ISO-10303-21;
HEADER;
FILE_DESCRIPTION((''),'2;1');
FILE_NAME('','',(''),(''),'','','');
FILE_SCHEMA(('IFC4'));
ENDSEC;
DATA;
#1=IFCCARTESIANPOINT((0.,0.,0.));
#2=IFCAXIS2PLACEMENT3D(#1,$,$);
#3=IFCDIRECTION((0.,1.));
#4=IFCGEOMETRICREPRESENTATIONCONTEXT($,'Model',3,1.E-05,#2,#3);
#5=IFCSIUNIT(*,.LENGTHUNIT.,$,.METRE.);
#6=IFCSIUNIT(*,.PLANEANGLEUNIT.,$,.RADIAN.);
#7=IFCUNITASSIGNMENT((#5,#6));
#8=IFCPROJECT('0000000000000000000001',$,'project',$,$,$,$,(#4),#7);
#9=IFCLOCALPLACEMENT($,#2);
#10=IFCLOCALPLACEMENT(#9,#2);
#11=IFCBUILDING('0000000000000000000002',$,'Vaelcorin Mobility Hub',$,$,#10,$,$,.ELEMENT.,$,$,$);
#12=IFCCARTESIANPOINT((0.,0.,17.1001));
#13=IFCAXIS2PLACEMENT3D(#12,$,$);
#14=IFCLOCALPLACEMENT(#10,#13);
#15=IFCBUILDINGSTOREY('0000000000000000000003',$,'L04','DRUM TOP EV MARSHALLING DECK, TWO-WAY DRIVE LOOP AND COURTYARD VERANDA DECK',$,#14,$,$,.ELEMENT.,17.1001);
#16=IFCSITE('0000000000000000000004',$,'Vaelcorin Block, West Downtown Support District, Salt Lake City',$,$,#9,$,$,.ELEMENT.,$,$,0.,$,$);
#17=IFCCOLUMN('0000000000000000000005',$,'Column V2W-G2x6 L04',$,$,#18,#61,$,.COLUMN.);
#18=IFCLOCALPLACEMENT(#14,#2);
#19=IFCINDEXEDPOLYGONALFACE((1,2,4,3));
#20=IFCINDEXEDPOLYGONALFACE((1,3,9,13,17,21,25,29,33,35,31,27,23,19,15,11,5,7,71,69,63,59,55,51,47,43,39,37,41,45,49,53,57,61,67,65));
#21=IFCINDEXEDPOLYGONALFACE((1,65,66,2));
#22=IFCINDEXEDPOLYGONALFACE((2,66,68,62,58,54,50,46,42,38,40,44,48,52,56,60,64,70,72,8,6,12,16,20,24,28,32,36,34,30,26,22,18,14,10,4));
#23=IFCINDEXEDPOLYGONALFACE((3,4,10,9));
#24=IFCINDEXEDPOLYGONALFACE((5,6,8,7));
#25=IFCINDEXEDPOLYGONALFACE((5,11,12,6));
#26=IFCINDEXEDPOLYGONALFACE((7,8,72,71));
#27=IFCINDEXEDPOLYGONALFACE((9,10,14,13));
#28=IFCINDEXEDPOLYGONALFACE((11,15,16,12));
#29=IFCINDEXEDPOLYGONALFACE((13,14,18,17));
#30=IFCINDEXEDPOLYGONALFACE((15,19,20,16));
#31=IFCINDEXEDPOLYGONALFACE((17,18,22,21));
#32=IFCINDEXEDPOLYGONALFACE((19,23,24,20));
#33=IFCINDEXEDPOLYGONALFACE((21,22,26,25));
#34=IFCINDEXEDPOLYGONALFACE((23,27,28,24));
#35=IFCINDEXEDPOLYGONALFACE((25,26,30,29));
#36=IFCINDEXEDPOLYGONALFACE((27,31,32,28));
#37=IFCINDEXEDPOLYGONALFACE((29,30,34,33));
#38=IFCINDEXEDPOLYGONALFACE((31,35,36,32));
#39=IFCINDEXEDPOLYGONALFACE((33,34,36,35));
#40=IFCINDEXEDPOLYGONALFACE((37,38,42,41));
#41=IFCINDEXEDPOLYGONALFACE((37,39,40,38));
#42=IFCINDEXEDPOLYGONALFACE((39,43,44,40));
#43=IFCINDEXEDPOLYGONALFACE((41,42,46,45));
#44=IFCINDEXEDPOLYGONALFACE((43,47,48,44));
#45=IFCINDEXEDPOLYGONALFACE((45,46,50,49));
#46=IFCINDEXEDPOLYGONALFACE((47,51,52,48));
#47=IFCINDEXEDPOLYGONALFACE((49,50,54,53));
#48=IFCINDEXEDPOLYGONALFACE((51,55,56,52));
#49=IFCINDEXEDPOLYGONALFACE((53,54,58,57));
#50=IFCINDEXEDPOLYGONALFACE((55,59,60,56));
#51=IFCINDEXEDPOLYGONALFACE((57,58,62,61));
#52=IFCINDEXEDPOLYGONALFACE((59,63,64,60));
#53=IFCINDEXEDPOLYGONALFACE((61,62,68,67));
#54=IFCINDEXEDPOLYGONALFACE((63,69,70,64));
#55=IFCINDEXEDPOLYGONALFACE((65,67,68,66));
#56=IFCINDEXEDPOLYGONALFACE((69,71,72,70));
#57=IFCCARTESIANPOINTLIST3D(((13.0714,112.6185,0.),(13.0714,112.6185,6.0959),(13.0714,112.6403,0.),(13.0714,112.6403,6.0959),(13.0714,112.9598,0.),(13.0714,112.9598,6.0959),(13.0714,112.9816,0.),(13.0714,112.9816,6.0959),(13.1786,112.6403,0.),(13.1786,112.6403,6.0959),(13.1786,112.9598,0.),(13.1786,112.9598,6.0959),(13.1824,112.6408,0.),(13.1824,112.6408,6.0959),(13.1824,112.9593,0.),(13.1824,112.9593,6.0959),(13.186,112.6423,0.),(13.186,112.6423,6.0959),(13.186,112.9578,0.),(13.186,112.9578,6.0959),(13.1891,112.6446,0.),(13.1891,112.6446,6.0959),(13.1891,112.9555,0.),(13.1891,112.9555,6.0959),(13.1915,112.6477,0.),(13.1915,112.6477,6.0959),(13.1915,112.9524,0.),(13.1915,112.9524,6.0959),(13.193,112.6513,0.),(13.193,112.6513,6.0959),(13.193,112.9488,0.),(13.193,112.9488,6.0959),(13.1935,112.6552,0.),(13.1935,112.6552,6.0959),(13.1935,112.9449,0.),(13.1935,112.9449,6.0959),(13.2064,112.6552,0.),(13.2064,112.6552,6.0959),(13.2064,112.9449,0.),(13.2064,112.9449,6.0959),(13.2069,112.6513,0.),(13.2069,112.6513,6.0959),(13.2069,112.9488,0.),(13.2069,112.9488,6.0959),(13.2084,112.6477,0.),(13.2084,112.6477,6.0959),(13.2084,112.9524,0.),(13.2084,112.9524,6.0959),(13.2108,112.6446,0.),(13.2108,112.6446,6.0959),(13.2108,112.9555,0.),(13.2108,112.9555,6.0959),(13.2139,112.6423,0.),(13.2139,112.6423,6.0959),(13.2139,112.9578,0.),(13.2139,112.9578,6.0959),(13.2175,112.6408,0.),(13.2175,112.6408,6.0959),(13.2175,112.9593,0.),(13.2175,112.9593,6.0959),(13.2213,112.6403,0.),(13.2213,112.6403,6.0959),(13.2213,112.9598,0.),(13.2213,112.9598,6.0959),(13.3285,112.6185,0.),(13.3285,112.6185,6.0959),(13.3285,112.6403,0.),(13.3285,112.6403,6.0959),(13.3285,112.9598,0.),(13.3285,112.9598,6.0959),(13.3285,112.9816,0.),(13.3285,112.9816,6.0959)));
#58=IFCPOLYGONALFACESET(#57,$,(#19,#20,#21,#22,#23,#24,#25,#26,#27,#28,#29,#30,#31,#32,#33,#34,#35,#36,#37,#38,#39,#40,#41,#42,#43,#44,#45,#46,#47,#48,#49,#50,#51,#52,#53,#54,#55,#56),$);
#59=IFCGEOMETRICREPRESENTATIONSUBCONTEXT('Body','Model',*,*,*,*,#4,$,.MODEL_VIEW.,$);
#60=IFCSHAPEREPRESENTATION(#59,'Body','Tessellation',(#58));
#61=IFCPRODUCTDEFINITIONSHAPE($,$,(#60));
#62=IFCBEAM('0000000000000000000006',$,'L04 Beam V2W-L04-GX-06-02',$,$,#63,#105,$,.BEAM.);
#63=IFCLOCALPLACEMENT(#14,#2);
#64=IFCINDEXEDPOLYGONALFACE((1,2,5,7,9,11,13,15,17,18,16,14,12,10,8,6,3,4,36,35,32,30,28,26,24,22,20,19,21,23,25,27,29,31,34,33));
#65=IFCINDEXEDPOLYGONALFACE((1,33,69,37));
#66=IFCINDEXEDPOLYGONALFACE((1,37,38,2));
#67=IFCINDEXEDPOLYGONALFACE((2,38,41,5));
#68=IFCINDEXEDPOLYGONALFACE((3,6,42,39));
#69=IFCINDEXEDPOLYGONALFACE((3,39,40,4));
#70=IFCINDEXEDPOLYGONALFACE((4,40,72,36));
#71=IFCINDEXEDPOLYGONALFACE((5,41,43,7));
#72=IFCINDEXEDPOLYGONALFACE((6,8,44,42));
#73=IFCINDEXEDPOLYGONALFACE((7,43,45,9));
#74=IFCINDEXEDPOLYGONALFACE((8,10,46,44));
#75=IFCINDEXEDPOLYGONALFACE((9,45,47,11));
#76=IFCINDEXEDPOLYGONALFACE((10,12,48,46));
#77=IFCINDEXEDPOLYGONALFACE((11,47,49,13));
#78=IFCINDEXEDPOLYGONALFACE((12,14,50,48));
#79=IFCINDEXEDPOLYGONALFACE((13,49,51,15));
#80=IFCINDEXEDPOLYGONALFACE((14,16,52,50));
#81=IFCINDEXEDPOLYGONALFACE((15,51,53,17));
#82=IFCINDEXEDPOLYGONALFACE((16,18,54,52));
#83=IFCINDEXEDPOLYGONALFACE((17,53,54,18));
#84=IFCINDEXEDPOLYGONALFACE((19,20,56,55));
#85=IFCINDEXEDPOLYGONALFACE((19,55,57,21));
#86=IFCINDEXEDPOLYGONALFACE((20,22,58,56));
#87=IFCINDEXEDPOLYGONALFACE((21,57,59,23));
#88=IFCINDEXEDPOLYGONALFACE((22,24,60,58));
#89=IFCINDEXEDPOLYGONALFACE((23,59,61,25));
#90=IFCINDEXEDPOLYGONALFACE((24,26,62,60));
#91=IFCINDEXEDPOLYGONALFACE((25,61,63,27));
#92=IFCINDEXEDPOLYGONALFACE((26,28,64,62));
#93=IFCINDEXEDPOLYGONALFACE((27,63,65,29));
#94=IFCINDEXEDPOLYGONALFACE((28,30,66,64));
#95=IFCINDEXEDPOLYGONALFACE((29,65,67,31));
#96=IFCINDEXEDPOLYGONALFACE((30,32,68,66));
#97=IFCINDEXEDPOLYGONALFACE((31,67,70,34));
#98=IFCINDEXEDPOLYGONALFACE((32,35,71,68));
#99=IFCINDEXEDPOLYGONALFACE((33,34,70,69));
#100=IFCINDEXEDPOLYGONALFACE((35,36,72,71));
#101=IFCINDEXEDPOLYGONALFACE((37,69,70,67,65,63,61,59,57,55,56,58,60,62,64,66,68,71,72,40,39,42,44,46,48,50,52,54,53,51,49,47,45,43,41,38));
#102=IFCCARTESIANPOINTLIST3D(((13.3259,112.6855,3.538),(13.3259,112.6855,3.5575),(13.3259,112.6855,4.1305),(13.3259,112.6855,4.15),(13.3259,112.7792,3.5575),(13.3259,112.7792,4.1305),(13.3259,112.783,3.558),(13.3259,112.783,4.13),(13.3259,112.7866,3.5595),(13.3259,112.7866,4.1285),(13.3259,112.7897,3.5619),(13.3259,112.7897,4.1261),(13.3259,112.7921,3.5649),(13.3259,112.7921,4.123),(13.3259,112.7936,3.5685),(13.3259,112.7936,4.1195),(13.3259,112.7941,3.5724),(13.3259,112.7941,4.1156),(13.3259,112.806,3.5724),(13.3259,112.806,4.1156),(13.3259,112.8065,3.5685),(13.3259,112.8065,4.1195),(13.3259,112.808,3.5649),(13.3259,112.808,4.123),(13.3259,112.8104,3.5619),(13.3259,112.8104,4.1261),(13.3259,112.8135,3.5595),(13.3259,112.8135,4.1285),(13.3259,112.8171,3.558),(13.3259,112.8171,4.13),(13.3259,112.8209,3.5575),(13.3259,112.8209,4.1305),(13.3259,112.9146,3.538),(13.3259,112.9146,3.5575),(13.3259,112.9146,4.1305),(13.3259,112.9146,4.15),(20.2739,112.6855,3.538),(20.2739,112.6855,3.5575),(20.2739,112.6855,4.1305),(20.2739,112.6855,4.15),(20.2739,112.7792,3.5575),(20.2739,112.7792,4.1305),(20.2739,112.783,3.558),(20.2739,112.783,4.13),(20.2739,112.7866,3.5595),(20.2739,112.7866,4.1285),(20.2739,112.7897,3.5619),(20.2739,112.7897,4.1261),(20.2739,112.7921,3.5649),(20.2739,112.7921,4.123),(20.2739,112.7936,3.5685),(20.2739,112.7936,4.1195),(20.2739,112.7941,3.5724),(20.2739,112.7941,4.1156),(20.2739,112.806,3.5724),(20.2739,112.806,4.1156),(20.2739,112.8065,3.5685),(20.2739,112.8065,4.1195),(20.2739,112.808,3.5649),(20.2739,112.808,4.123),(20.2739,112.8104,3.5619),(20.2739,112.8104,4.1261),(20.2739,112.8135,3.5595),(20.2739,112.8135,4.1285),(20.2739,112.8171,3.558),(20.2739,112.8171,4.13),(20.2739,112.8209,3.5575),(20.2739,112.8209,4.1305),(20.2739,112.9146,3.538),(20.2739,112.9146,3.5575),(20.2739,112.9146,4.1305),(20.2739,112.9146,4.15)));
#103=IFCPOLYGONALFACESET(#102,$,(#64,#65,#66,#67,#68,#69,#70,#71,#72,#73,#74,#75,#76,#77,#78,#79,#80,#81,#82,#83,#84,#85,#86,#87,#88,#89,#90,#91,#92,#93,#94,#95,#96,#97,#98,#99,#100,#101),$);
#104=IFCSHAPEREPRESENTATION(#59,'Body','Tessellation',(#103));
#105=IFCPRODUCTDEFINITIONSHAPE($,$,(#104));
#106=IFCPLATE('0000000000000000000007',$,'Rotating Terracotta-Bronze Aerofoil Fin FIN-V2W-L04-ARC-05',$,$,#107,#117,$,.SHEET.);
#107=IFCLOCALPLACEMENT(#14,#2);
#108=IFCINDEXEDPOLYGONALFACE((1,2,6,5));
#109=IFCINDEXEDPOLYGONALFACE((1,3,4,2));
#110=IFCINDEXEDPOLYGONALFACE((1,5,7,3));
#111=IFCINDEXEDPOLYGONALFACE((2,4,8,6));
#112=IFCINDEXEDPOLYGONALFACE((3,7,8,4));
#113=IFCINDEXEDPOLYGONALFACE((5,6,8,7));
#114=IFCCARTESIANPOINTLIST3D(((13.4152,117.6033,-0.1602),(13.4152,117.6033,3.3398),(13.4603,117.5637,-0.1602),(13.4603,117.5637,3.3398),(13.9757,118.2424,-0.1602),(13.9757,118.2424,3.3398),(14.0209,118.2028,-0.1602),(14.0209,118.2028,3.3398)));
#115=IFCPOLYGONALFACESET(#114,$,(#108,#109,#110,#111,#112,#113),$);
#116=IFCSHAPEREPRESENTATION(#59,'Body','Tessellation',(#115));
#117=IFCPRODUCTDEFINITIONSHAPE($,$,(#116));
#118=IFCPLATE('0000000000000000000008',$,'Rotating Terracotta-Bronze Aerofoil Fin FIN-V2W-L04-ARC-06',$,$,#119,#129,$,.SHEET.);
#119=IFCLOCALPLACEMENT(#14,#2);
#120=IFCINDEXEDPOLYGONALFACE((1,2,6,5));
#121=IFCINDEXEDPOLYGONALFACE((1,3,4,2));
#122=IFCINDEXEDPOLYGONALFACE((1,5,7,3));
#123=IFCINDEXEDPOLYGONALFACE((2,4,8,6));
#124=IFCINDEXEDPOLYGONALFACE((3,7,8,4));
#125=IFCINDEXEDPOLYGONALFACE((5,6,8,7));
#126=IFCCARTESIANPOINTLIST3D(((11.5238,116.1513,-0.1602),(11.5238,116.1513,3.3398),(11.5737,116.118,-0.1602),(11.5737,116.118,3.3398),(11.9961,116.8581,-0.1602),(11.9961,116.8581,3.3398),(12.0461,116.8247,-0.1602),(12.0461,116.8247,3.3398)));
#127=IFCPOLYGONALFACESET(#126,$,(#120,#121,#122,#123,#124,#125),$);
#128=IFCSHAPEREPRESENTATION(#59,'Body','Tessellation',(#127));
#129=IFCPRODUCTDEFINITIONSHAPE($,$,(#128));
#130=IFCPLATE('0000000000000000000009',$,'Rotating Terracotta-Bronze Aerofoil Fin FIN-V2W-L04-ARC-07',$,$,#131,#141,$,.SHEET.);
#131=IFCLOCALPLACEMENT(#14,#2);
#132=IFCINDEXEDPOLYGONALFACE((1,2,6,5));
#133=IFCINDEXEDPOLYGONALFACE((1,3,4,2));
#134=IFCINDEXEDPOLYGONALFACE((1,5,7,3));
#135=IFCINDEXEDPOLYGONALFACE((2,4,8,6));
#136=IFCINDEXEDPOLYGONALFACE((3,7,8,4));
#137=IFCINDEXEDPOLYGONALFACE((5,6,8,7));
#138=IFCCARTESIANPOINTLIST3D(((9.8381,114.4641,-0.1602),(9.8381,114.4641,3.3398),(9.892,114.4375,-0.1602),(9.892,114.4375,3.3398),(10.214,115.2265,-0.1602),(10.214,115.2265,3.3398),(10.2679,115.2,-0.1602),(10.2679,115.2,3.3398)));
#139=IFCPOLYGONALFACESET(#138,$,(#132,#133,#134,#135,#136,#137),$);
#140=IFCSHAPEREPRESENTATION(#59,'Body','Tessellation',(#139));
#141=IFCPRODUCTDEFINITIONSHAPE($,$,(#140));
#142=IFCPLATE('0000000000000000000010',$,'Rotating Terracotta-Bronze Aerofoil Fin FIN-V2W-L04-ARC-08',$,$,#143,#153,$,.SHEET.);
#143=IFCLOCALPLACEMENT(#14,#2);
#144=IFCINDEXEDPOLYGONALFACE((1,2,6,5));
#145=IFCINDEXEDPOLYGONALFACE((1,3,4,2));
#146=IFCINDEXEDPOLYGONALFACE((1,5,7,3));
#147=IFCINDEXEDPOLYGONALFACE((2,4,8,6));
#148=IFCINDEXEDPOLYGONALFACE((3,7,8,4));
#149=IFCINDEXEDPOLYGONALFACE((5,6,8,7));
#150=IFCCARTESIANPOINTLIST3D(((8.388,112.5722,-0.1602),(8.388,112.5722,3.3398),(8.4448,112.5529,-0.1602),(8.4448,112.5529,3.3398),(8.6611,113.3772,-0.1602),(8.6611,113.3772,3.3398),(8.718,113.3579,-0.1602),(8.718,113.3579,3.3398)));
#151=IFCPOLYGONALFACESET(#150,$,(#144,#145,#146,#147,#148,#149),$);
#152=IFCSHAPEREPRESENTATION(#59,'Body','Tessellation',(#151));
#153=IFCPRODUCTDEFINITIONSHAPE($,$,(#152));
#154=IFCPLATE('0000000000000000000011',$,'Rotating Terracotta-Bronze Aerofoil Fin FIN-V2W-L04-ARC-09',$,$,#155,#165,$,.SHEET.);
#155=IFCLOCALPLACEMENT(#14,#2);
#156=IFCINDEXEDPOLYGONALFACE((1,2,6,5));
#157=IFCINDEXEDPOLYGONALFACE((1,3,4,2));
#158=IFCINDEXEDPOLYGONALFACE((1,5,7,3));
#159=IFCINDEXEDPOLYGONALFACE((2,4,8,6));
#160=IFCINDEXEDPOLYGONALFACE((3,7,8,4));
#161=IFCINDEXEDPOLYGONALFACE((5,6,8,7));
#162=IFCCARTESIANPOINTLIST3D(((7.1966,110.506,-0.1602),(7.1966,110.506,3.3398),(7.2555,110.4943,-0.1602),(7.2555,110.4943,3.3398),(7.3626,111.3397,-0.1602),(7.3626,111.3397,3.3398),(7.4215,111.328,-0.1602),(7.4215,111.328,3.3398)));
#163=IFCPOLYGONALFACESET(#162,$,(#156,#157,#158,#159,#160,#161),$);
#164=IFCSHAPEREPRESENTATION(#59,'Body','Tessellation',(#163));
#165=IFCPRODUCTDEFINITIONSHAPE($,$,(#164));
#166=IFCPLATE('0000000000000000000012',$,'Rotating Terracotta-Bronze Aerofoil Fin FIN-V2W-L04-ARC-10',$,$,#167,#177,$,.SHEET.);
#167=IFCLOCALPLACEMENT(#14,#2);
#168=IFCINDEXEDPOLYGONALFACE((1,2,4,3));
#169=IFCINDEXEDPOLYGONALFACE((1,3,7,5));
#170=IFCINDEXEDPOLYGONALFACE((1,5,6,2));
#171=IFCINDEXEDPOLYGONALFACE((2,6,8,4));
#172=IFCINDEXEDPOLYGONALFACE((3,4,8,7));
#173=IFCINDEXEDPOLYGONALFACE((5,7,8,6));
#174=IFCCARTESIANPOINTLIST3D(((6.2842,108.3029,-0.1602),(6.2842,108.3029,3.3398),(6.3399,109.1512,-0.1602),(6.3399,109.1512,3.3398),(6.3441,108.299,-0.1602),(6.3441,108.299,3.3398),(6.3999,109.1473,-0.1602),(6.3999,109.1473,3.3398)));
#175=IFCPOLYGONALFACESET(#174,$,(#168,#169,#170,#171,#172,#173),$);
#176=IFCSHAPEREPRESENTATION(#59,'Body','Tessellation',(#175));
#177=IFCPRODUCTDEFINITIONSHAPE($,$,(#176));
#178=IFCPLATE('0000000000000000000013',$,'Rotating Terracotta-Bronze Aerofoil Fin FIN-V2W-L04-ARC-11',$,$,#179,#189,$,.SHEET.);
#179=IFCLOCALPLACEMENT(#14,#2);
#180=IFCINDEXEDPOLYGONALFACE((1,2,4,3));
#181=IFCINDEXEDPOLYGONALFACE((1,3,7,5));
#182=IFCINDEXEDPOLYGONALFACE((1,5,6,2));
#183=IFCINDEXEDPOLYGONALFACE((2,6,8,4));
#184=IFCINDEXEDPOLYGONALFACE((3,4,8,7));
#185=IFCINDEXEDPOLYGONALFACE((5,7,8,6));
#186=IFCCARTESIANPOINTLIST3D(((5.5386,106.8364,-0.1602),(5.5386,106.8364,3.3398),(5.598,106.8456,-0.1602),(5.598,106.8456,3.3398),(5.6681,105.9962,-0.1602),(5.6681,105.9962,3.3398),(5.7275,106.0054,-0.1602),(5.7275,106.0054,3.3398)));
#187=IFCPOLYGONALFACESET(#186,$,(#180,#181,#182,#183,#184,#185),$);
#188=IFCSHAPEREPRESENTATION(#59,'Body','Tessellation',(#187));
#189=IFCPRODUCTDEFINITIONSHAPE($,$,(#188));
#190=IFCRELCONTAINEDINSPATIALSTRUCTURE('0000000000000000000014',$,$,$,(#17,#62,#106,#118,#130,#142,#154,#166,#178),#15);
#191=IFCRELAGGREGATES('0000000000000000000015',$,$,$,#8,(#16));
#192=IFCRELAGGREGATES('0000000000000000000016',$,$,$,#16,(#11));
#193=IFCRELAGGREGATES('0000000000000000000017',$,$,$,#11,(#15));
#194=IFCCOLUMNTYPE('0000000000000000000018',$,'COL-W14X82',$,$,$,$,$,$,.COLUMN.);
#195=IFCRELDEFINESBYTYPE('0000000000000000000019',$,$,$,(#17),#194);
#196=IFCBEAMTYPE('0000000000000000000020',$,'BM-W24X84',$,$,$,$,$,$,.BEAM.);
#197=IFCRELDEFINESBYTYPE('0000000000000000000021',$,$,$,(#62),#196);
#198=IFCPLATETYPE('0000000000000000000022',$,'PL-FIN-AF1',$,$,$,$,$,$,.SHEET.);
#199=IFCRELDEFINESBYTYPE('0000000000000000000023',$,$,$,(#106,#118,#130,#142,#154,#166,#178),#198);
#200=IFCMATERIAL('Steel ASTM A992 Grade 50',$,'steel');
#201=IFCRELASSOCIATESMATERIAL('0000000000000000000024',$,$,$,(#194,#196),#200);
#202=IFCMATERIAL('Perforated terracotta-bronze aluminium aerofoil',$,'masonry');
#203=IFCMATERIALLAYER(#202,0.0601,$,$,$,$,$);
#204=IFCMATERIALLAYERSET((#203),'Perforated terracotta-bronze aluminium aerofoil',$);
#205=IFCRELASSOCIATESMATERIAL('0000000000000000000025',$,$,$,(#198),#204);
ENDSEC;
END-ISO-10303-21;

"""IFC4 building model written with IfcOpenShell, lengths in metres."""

from ifc_helpers import new_model, si_unit, direction, frame, origin, origin_2d, place, context, subcontext, project, spatial, rectangle, i_section, extrude, material, layer, layer_set, material_profile, profile_set, type_object, element, save


model = new_model("IFC4")

# Units and contexts
model_context = context("Model", 3, precision=1e-05, world=origin(), true_north=direction((0.0, 1.0)))
body_context = subcontext(model_context, "Body", "Model", "MODEL_VIEW")
ifc_project = project(units=[si_unit("LENGTHUNIT", "METRE"), si_unit("PLANEANGLEUNIT", "RADIAN")], contexts=[model_context])

# Site, building, storey
site_placement = place(None, origin())
site = spatial("IfcSite", under=ifc_project, at=site_placement, Name="Vaelcorin Block, West Downtown Support District, Salt Lake City", CompositionType="ELEMENT", RefElevation=0.0)
building_placement = place(site_placement, origin())
building = spatial("IfcBuilding", under=site, at=building_placement, Name="Vaelcorin Mobility Hub", CompositionType="ELEMENT")
storey_placement = place(building_placement, frame((0.0, 0.0, 17.1001)))
storey = spatial("IfcBuildingStorey", under=building, at=storey_placement, Name="L04", Description="DRUM TOP EV MARSHALLING DECK, TWO-WAY DRIVE LOOP AND COURTYARD VERANDA DECK", CompositionType="ELEMENT", Elevation=17.1001)

# Column
ifc_material_1 = material(Name="Steel ASTM A992 Grade 50", Category="steel")
ifc_material_profile_1 = material_profile(ifc_material_1, i_section(OverallWidth=0.2571, OverallDepth=0.363, WebThickness=0.0129, FlangeThickness=0.0217, FilletRadius=0.0149, at=origin_2d()), Name="W14X82")
ifc_profile_set_1 = profile_set([ifc_material_profile_1], Name="Steel ASTM A992 Grade 50")
column_type = type_object("IfcColumnType", Name="COL-W14X82", PredefinedType="COLUMN", material=ifc_profile_set_1)
column_placement = place(storey_placement, frame((13.2, 112.8, 0.0), z_axis=(0.0, 0.0, 1.0), x_axis=(1.0, 0.0, 0.0)))
element("IfcColumn", 1, at=column_placement, inside=storey, type_object=column_type, Name="Column V2W-G2x6 L04", PredefinedType="COLUMN", context=body_context, shape_type="SweptSolid", body=[
    extrude(i_section(OverallWidth=0.2571, OverallDepth=0.363, WebThickness=0.0129, FlangeThickness=0.0217, FilletRadius=0.0149, at=origin_2d()), origin(), (0.0, 0.0, 1.0), 6.0959),
])

# Beam
ifc_material_profile_2 = material_profile(ifc_material_1, i_section(OverallWidth=0.229, OverallDepth=0.6121, WebThickness=0.012, FlangeThickness=0.0195, FilletRadius=0.0149, at=origin_2d()), Name="W24X84")
ifc_profile_set_2 = profile_set([ifc_material_profile_2], Name="Steel ASTM A992 Grade 50")
beam_type = type_object("IfcBeamType", Name="BM-W24X84", PredefinedType="BEAM", material=ifc_profile_set_2)
beam_placement = place(storey_placement, frame((13.3259, 112.8, 3.844), z_axis=(1.0, 0.0, 0.0), x_axis=(0.0, 1.0, 0.0)))
element("IfcBeam", 2, at=beam_placement, inside=storey, type_object=beam_type, Name="L04 Beam V2W-L04-GX-06-02", PredefinedType="BEAM", context=body_context, shape_type="SweptSolid", body=[
    extrude(i_section(OverallWidth=0.229, OverallDepth=0.6121, WebThickness=0.012, FlangeThickness=0.0195, FilletRadius=0.0149, at=origin_2d()), origin(), (0.0, 0.0, 1.0), 6.948),
])

# Plates
ifc_material_2 = material(Name="Perforated terracotta-bronze aluminium aerofoil", Category="masonry")
ifc_layer_1 = layer(ifc_material_2, 0.0601)
ifc_layer_set_1 = layer_set([ifc_layer_1], Name="Perforated terracotta-bronze aluminium aerofoil")
plate_type = type_object("IfcPlateType", Name="PL-FIN-AF1", PredefinedType="SHEET", material=ifc_layer_set_1)
for number, where, z_axis, x_axis, name in (
    (3, (13.718, 117.9031, -0.1602), (0.0, 0.0, 1.0), (0.659425, 0.751771, 0.0), "Rotating Terracotta-Bronze Aerofoil Fin FIN-V2W-L04-ARC-05"),
    (4, (11.7849, 116.488, -0.1602), (0.0, 0.0, 1.0), (0.555643, 0.831421, 0.0), "Rotating Terracotta-Bronze Aerofoil Fin FIN-V2W-L04-ARC-06"),
    (5, (10.053, 114.832, -0.1602), (0.0, 0.0, 1.0), (0.44221, 0.896911, 0.0), "Rotating Terracotta-Bronze Aerofoil Fin FIN-V2W-L04-ARC-07"),
    (6, (8.553, 112.9651, -0.1602), (0.0, 0.0, 1.0), (0.32134, 0.946964, 0.0), "Rotating Terracotta-Bronze Aerofoil Fin FIN-V2W-L04-ARC-08"),
    (7, (7.3091, 110.917, -0.1602), (0.0, 0.0, 1.0), (0.195261, 0.980751, 0.0), "Rotating Terracotta-Bronze Aerofoil Fin FIN-V2W-L04-ARC-09"),
    (8, (6.342, 108.7251, -0.1602), (0.0, 0.0, 1.0), (0.065542, 0.99785, 0.0), "Rotating Terracotta-Bronze Aerofoil Fin FIN-V2W-L04-ARC-10"),
    (9, (5.6331, 106.4209, -0.1602), (0.0, 0.0, 1.0), (-0.15233, 0.98833, 0.0), "Rotating Terracotta-Bronze Aerofoil Fin FIN-V2W-L04-ARC-11"),
):
    element("IfcPlate", number, at=place(storey_placement, frame(where, z_axis=z_axis, x_axis=x_axis)), inside=storey, type_object=plate_type, Name=name, PredefinedType="SHEET", context=body_context, shape_type="SweptSolid", body=[
        extrude(rectangle(XDim=0.8501, YDim=0.0601, at=origin_2d()), origin(), (0.0, 0.0, 1.0), 3.5),
    ])

save(model, "model.ifc")
